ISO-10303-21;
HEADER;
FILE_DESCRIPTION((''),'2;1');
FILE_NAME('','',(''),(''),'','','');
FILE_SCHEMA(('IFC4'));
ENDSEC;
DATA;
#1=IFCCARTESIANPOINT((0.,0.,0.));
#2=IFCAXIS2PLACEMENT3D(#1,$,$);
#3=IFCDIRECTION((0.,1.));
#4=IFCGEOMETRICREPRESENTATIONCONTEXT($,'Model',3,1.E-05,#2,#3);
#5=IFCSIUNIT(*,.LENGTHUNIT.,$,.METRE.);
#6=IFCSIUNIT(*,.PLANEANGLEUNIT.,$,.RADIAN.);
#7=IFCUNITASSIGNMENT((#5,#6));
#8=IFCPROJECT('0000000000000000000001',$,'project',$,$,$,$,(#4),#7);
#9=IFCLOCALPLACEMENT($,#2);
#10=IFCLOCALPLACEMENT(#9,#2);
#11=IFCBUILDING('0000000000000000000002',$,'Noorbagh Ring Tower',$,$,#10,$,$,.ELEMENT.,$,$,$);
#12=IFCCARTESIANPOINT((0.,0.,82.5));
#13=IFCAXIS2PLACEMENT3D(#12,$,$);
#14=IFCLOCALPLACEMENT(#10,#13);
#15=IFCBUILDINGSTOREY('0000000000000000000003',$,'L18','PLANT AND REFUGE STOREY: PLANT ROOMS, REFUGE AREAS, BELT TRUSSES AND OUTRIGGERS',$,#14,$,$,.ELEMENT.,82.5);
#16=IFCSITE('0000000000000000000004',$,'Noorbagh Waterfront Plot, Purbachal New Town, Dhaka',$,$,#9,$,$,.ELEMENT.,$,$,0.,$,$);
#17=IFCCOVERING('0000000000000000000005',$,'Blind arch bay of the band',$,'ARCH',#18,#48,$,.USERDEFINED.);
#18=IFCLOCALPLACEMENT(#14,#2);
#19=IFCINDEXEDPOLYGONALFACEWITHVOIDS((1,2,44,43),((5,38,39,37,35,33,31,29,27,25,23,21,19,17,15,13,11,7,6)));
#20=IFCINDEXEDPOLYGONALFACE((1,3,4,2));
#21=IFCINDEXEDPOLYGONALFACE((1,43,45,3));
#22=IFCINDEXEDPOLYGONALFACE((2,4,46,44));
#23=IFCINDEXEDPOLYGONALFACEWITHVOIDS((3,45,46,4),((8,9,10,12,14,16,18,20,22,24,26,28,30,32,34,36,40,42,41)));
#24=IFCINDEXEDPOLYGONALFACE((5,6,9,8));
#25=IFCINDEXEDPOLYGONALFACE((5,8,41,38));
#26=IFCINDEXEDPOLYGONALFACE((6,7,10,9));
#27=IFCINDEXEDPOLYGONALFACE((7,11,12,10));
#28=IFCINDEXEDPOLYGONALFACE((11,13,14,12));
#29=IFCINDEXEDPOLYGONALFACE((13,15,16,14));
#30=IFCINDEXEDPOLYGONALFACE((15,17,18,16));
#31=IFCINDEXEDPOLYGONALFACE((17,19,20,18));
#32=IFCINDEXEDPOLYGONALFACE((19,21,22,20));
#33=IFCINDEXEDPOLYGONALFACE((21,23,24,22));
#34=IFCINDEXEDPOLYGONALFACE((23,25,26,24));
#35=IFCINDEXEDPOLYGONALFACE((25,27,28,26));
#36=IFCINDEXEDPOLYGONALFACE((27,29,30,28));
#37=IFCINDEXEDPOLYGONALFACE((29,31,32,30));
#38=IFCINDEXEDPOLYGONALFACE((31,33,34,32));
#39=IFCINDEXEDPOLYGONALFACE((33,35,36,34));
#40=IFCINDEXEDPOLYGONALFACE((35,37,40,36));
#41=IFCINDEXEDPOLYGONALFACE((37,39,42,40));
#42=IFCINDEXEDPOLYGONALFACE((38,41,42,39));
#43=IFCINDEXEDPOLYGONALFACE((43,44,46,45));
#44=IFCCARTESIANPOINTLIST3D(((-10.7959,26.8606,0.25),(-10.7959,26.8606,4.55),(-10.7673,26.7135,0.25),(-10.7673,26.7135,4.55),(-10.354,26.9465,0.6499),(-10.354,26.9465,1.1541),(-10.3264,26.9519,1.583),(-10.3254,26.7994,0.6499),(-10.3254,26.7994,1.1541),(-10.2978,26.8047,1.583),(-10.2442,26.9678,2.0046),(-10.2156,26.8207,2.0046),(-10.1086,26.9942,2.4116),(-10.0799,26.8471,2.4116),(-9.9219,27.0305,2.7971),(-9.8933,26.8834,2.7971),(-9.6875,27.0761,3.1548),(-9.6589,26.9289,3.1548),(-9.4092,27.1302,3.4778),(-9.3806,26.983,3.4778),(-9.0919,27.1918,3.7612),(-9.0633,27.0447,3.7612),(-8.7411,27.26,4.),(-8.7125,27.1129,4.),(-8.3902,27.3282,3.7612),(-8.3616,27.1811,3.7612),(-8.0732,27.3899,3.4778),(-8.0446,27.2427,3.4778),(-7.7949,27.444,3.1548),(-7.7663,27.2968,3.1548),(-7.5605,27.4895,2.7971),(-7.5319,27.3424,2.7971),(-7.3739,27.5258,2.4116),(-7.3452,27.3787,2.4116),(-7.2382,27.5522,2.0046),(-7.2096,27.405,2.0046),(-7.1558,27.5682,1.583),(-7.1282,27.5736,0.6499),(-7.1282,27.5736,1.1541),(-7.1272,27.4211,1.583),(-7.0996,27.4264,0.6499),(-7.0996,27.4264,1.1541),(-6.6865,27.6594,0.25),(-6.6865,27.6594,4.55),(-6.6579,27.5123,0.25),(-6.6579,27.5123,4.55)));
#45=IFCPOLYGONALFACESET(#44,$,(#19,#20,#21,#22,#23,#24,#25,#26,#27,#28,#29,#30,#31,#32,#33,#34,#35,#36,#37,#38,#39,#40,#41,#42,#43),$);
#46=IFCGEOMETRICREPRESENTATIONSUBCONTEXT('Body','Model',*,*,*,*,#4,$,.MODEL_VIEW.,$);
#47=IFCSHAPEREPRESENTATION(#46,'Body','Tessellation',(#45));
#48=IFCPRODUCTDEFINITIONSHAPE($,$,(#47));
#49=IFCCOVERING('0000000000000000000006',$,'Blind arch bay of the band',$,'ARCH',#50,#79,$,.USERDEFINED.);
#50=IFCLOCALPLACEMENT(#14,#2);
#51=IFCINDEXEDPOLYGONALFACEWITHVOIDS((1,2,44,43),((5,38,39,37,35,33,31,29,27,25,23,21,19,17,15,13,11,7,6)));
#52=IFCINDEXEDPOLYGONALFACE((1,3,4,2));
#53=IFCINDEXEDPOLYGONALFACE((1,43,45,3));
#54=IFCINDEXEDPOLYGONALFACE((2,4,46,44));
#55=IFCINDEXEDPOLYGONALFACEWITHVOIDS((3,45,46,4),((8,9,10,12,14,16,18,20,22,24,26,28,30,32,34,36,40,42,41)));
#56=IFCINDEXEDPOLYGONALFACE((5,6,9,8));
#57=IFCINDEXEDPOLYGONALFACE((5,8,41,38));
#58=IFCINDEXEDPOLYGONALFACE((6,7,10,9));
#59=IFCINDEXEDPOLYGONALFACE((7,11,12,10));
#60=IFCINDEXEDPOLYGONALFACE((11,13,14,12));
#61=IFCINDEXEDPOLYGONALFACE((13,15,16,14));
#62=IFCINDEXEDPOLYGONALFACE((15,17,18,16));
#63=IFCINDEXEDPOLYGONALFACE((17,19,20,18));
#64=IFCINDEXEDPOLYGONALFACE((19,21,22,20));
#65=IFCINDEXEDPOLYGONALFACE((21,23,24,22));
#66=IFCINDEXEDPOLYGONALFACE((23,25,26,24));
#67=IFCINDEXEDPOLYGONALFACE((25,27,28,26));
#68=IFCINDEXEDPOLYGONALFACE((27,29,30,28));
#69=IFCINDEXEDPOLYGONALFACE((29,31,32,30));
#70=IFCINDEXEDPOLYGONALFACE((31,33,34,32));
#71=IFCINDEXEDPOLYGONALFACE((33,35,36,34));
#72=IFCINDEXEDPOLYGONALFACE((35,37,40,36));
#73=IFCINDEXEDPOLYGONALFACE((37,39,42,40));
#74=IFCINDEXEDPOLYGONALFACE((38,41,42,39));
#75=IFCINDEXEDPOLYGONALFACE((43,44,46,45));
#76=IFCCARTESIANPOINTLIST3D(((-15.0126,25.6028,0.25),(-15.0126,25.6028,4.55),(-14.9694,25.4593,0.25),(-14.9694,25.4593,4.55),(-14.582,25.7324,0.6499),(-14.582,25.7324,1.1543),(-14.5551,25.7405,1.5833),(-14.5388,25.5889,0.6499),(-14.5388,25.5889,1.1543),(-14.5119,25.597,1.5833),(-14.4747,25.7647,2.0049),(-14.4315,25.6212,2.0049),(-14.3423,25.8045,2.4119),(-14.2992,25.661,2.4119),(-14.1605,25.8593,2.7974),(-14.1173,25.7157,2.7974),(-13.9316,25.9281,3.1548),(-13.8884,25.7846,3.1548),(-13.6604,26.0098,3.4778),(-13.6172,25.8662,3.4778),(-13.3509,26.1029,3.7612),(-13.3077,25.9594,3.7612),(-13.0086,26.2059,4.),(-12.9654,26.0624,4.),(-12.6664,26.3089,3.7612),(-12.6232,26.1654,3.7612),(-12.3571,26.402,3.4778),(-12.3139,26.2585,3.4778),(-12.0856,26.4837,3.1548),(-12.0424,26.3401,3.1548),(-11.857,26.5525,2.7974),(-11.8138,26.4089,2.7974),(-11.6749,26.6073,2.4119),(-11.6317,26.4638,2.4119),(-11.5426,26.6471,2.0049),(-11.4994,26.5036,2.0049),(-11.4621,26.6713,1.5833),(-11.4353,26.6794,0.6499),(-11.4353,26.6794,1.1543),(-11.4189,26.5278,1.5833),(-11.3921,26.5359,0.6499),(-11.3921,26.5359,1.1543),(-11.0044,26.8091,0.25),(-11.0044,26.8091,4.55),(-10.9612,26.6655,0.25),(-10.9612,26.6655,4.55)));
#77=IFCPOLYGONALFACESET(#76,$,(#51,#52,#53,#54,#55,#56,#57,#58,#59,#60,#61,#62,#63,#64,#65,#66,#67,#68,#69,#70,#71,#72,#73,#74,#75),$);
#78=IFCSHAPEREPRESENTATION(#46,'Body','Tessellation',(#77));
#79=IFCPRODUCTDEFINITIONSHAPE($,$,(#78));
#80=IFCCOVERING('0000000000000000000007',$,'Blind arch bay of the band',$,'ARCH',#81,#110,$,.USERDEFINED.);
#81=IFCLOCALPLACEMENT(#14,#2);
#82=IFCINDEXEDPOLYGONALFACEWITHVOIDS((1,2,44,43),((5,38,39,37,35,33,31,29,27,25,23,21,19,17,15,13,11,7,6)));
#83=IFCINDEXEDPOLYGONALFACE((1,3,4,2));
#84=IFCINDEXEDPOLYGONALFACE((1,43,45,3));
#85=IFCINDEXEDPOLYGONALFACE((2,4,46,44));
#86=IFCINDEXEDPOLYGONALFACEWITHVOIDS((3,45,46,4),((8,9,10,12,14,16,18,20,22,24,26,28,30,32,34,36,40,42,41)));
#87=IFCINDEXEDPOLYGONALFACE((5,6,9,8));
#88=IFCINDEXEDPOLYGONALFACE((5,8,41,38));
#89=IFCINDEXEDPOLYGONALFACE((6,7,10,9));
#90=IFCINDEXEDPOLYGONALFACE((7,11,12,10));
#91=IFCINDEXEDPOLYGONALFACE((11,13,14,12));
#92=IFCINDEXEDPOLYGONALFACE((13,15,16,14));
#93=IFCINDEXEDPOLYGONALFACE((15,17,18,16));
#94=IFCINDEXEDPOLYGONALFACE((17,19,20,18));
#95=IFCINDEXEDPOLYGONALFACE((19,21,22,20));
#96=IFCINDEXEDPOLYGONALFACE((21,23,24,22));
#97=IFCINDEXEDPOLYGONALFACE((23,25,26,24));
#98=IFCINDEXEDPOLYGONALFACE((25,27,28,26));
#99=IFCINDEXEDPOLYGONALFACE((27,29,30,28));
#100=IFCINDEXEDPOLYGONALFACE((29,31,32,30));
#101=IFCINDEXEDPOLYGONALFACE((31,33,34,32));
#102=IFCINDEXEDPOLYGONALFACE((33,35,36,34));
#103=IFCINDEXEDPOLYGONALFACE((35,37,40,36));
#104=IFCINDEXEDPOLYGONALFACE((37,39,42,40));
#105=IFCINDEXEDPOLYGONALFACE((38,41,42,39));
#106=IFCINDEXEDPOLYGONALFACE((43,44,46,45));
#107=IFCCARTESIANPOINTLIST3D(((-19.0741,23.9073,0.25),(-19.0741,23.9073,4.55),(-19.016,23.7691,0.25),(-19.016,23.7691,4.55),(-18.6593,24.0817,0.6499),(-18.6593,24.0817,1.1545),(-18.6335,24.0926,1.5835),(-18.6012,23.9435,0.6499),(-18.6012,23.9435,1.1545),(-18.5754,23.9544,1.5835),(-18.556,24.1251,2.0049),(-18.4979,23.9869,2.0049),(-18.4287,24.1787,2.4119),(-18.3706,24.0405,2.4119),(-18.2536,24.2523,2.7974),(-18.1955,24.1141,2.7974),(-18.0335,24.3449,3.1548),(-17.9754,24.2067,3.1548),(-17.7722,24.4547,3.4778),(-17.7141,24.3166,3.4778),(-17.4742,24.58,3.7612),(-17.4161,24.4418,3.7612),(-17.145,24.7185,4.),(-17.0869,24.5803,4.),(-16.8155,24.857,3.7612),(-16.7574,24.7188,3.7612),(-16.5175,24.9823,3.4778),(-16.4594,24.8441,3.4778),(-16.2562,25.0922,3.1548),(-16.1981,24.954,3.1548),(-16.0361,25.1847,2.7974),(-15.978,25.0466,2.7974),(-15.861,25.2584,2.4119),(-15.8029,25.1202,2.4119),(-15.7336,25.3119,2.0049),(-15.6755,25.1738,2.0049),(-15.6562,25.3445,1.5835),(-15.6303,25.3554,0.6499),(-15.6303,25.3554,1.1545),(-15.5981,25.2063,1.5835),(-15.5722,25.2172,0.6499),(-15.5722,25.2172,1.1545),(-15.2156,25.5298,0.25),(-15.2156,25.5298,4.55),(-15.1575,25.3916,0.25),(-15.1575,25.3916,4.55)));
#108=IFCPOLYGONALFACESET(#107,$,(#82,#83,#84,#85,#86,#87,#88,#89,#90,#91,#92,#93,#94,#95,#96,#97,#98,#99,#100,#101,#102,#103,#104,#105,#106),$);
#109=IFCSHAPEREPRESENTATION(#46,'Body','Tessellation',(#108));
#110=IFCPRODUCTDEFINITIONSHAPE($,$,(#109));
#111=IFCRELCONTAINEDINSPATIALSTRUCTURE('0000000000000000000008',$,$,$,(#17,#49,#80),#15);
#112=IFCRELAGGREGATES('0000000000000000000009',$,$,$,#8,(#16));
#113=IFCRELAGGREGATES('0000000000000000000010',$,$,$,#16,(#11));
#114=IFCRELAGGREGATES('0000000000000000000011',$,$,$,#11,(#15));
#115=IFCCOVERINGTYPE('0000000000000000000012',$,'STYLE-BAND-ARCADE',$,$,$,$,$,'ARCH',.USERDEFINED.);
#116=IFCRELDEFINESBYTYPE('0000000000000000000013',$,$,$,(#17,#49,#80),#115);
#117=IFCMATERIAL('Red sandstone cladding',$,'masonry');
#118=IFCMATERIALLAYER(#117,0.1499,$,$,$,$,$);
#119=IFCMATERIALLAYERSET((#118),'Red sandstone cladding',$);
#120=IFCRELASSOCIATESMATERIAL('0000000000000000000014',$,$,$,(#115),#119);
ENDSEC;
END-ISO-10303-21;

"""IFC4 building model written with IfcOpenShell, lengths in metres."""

from ifc_helpers import new_model, si_unit, direction, frame, origin, place, context, subcontext, project, spatial, polyline, outline, extrude, material, layer, layer_set, type_object, element, save


model = new_model("IFC4")

# Units and contexts
model_context = context("Model", 3, precision=1e-05, world=origin(), true_north=direction((0.0, 1.0)))
body_context = subcontext(model_context, "Body", "Model", "MODEL_VIEW")
ifc_project = project(units=[si_unit("LENGTHUNIT", "METRE"), si_unit("PLANEANGLEUNIT", "RADIAN")], contexts=[model_context])

# Site, building, storey
site_placement = place(None, origin())
site = spatial("IfcSite", under=ifc_project, at=site_placement, Name="Noorbagh Waterfront Plot, Purbachal New Town, Dhaka", CompositionType="ELEMENT", RefElevation=0.0)
building_placement = place(site_placement, origin())
building = spatial("IfcBuilding", under=site, at=building_placement, Name="Noorbagh Ring Tower", CompositionType="ELEMENT")
storey_placement = place(building_placement, frame((0.0, 0.0, 82.5)))
storey = spatial("IfcBuildingStorey", under=building, at=storey_placement, Name="L18", Description="PLANT AND REFUGE STOREY: PLANT ROOMS, REFUGE AREAS, BELT TRUSSES AND OUTRIGGERS", CompositionType="ELEMENT", Elevation=82.5)

# Coverings
ifc_material_1 = material(Name="Red sandstone cladding", Category="masonry")
ifc_layer_1 = layer(ifc_material_1, 0.1499)
ifc_layer_set_1 = layer_set([ifc_layer_1], Name="Red sandstone cladding")
covering_type_1 = type_object("IfcCoveringType", Name="STYLE-BAND-ARCADE", ElementType="ARCH", PredefinedType="USERDEFINED", material=ifc_layer_set_1)
covering_1_placement = place(storey_placement, frame((-6.6865, 27.6594, 0.25), z_axis=(-0.19082, 0.981625, 0.0), x_axis=(-0.981625, -0.19082, 0.0)))
element("IfcCovering", 1, at=covering_1_placement, inside=storey, type_object=covering_type_1, Name="Blind arch bay of the band", ObjectType="ARCH", PredefinedType="USERDEFINED", context=body_context, shape_type="SweptSolid", body=[
    extrude(outline(polyline([(0.0, 0.0), (4.1863, 0.0), (4.1863, 4.3), (0.0, 4.3), (0.0, 0.0)]), holes=[polyline([(0.45, 0.3999), (0.45, 0.9041), (0.478, 1.333), (0.562, 1.7546), (0.7002, 2.1616), (0.8904, 2.5471), (1.1292, 2.9048), (1.4126, 3.2278), (1.7356, 3.5112), (2.093, 3.75), (2.4504, 3.5112), (2.7737, 3.2278), (3.0571, 2.9048), (3.2959, 2.5471), (3.4861, 2.1616), (3.6243, 1.7546), (3.708, 1.333), (3.7361, 0.9041), (3.7361, 0.3999), (0.45, 0.3999)])]), origin(), (0.0, 0.0, -1.0), 0.1499),
])
covering_2_placement = place(storey_placement, frame((-11.0044, 26.8091, 0.25), z_axis=(-0.288183, 0.957575, 0.0), x_axis=(-0.957575, -0.288183, 0.0)))
element("IfcCovering", 2, at=covering_2_placement, inside=storey, type_object=covering_type_1, Name="Blind arch bay of the band", ObjectType="ARCH", PredefinedType="USERDEFINED", context=body_context, shape_type="SweptSolid", body=[
    extrude(outline(polyline([(0.0, 0.0), (4.1858, 0.0), (4.1858, 4.3), (0.0, 4.3), (0.0, 0.0)]), holes=[polyline([(0.45, 0.3999), (0.45, 0.9043), (0.478, 1.3333), (0.562, 1.7549), (0.7002, 2.1619), (0.8904, 2.5474), (1.1292, 2.9048), (1.4126, 3.2278), (1.7356, 3.5112), (2.093, 3.75), (2.4504, 3.5112), (2.7737, 3.2278), (3.0569, 2.9048), (3.2959, 2.5474), (3.4858, 2.1619), (3.624, 1.7549), (3.708, 1.3333), (3.7361, 0.9043), (3.7361, 0.3999), (0.45, 0.3999)])]), origin(), (0.0, 0.0, -1.0), 0.1499),
])
covering_3_placement = place(storey_placement, frame((-15.2156, 25.5298, 0.25), z_axis=(-0.387624, 0.921818, 0.0), x_axis=(-0.921818, -0.387624, 0.0)))
element("IfcCovering", 3, at=covering_3_placement, inside=storey, type_object=covering_type_1, Name="Blind arch bay of the band", ObjectType="ARCH", PredefinedType="USERDEFINED", context=body_context, shape_type="SweptSolid", body=[
    extrude(outline(polyline([(0.0, 0.0), (4.1858, 0.0), (4.1858, 4.3), (0.0, 4.3), (0.0, 0.0)]), holes=[polyline([(0.45, 0.3999), (0.45, 0.9045), (0.478, 1.3335), (0.562, 1.7549), (0.7002, 2.1619), (0.8901, 2.5474), (1.1289, 2.9048), (1.4124, 3.2278), (1.7356, 3.5112), (2.093, 3.75), (2.4502, 3.5112), (2.7734, 3.2278), (3.0569, 2.9048), (3.2957, 2.5474), (3.4856, 2.1619), (3.6238, 1.7549), (3.7078, 1.3335), (3.7358, 0.9045), (3.7358, 0.3999), (0.45, 0.3999)])]), origin(), (0.0, 0.0, -1.0), 0.1499),
])

save(model, "model.ifc")
